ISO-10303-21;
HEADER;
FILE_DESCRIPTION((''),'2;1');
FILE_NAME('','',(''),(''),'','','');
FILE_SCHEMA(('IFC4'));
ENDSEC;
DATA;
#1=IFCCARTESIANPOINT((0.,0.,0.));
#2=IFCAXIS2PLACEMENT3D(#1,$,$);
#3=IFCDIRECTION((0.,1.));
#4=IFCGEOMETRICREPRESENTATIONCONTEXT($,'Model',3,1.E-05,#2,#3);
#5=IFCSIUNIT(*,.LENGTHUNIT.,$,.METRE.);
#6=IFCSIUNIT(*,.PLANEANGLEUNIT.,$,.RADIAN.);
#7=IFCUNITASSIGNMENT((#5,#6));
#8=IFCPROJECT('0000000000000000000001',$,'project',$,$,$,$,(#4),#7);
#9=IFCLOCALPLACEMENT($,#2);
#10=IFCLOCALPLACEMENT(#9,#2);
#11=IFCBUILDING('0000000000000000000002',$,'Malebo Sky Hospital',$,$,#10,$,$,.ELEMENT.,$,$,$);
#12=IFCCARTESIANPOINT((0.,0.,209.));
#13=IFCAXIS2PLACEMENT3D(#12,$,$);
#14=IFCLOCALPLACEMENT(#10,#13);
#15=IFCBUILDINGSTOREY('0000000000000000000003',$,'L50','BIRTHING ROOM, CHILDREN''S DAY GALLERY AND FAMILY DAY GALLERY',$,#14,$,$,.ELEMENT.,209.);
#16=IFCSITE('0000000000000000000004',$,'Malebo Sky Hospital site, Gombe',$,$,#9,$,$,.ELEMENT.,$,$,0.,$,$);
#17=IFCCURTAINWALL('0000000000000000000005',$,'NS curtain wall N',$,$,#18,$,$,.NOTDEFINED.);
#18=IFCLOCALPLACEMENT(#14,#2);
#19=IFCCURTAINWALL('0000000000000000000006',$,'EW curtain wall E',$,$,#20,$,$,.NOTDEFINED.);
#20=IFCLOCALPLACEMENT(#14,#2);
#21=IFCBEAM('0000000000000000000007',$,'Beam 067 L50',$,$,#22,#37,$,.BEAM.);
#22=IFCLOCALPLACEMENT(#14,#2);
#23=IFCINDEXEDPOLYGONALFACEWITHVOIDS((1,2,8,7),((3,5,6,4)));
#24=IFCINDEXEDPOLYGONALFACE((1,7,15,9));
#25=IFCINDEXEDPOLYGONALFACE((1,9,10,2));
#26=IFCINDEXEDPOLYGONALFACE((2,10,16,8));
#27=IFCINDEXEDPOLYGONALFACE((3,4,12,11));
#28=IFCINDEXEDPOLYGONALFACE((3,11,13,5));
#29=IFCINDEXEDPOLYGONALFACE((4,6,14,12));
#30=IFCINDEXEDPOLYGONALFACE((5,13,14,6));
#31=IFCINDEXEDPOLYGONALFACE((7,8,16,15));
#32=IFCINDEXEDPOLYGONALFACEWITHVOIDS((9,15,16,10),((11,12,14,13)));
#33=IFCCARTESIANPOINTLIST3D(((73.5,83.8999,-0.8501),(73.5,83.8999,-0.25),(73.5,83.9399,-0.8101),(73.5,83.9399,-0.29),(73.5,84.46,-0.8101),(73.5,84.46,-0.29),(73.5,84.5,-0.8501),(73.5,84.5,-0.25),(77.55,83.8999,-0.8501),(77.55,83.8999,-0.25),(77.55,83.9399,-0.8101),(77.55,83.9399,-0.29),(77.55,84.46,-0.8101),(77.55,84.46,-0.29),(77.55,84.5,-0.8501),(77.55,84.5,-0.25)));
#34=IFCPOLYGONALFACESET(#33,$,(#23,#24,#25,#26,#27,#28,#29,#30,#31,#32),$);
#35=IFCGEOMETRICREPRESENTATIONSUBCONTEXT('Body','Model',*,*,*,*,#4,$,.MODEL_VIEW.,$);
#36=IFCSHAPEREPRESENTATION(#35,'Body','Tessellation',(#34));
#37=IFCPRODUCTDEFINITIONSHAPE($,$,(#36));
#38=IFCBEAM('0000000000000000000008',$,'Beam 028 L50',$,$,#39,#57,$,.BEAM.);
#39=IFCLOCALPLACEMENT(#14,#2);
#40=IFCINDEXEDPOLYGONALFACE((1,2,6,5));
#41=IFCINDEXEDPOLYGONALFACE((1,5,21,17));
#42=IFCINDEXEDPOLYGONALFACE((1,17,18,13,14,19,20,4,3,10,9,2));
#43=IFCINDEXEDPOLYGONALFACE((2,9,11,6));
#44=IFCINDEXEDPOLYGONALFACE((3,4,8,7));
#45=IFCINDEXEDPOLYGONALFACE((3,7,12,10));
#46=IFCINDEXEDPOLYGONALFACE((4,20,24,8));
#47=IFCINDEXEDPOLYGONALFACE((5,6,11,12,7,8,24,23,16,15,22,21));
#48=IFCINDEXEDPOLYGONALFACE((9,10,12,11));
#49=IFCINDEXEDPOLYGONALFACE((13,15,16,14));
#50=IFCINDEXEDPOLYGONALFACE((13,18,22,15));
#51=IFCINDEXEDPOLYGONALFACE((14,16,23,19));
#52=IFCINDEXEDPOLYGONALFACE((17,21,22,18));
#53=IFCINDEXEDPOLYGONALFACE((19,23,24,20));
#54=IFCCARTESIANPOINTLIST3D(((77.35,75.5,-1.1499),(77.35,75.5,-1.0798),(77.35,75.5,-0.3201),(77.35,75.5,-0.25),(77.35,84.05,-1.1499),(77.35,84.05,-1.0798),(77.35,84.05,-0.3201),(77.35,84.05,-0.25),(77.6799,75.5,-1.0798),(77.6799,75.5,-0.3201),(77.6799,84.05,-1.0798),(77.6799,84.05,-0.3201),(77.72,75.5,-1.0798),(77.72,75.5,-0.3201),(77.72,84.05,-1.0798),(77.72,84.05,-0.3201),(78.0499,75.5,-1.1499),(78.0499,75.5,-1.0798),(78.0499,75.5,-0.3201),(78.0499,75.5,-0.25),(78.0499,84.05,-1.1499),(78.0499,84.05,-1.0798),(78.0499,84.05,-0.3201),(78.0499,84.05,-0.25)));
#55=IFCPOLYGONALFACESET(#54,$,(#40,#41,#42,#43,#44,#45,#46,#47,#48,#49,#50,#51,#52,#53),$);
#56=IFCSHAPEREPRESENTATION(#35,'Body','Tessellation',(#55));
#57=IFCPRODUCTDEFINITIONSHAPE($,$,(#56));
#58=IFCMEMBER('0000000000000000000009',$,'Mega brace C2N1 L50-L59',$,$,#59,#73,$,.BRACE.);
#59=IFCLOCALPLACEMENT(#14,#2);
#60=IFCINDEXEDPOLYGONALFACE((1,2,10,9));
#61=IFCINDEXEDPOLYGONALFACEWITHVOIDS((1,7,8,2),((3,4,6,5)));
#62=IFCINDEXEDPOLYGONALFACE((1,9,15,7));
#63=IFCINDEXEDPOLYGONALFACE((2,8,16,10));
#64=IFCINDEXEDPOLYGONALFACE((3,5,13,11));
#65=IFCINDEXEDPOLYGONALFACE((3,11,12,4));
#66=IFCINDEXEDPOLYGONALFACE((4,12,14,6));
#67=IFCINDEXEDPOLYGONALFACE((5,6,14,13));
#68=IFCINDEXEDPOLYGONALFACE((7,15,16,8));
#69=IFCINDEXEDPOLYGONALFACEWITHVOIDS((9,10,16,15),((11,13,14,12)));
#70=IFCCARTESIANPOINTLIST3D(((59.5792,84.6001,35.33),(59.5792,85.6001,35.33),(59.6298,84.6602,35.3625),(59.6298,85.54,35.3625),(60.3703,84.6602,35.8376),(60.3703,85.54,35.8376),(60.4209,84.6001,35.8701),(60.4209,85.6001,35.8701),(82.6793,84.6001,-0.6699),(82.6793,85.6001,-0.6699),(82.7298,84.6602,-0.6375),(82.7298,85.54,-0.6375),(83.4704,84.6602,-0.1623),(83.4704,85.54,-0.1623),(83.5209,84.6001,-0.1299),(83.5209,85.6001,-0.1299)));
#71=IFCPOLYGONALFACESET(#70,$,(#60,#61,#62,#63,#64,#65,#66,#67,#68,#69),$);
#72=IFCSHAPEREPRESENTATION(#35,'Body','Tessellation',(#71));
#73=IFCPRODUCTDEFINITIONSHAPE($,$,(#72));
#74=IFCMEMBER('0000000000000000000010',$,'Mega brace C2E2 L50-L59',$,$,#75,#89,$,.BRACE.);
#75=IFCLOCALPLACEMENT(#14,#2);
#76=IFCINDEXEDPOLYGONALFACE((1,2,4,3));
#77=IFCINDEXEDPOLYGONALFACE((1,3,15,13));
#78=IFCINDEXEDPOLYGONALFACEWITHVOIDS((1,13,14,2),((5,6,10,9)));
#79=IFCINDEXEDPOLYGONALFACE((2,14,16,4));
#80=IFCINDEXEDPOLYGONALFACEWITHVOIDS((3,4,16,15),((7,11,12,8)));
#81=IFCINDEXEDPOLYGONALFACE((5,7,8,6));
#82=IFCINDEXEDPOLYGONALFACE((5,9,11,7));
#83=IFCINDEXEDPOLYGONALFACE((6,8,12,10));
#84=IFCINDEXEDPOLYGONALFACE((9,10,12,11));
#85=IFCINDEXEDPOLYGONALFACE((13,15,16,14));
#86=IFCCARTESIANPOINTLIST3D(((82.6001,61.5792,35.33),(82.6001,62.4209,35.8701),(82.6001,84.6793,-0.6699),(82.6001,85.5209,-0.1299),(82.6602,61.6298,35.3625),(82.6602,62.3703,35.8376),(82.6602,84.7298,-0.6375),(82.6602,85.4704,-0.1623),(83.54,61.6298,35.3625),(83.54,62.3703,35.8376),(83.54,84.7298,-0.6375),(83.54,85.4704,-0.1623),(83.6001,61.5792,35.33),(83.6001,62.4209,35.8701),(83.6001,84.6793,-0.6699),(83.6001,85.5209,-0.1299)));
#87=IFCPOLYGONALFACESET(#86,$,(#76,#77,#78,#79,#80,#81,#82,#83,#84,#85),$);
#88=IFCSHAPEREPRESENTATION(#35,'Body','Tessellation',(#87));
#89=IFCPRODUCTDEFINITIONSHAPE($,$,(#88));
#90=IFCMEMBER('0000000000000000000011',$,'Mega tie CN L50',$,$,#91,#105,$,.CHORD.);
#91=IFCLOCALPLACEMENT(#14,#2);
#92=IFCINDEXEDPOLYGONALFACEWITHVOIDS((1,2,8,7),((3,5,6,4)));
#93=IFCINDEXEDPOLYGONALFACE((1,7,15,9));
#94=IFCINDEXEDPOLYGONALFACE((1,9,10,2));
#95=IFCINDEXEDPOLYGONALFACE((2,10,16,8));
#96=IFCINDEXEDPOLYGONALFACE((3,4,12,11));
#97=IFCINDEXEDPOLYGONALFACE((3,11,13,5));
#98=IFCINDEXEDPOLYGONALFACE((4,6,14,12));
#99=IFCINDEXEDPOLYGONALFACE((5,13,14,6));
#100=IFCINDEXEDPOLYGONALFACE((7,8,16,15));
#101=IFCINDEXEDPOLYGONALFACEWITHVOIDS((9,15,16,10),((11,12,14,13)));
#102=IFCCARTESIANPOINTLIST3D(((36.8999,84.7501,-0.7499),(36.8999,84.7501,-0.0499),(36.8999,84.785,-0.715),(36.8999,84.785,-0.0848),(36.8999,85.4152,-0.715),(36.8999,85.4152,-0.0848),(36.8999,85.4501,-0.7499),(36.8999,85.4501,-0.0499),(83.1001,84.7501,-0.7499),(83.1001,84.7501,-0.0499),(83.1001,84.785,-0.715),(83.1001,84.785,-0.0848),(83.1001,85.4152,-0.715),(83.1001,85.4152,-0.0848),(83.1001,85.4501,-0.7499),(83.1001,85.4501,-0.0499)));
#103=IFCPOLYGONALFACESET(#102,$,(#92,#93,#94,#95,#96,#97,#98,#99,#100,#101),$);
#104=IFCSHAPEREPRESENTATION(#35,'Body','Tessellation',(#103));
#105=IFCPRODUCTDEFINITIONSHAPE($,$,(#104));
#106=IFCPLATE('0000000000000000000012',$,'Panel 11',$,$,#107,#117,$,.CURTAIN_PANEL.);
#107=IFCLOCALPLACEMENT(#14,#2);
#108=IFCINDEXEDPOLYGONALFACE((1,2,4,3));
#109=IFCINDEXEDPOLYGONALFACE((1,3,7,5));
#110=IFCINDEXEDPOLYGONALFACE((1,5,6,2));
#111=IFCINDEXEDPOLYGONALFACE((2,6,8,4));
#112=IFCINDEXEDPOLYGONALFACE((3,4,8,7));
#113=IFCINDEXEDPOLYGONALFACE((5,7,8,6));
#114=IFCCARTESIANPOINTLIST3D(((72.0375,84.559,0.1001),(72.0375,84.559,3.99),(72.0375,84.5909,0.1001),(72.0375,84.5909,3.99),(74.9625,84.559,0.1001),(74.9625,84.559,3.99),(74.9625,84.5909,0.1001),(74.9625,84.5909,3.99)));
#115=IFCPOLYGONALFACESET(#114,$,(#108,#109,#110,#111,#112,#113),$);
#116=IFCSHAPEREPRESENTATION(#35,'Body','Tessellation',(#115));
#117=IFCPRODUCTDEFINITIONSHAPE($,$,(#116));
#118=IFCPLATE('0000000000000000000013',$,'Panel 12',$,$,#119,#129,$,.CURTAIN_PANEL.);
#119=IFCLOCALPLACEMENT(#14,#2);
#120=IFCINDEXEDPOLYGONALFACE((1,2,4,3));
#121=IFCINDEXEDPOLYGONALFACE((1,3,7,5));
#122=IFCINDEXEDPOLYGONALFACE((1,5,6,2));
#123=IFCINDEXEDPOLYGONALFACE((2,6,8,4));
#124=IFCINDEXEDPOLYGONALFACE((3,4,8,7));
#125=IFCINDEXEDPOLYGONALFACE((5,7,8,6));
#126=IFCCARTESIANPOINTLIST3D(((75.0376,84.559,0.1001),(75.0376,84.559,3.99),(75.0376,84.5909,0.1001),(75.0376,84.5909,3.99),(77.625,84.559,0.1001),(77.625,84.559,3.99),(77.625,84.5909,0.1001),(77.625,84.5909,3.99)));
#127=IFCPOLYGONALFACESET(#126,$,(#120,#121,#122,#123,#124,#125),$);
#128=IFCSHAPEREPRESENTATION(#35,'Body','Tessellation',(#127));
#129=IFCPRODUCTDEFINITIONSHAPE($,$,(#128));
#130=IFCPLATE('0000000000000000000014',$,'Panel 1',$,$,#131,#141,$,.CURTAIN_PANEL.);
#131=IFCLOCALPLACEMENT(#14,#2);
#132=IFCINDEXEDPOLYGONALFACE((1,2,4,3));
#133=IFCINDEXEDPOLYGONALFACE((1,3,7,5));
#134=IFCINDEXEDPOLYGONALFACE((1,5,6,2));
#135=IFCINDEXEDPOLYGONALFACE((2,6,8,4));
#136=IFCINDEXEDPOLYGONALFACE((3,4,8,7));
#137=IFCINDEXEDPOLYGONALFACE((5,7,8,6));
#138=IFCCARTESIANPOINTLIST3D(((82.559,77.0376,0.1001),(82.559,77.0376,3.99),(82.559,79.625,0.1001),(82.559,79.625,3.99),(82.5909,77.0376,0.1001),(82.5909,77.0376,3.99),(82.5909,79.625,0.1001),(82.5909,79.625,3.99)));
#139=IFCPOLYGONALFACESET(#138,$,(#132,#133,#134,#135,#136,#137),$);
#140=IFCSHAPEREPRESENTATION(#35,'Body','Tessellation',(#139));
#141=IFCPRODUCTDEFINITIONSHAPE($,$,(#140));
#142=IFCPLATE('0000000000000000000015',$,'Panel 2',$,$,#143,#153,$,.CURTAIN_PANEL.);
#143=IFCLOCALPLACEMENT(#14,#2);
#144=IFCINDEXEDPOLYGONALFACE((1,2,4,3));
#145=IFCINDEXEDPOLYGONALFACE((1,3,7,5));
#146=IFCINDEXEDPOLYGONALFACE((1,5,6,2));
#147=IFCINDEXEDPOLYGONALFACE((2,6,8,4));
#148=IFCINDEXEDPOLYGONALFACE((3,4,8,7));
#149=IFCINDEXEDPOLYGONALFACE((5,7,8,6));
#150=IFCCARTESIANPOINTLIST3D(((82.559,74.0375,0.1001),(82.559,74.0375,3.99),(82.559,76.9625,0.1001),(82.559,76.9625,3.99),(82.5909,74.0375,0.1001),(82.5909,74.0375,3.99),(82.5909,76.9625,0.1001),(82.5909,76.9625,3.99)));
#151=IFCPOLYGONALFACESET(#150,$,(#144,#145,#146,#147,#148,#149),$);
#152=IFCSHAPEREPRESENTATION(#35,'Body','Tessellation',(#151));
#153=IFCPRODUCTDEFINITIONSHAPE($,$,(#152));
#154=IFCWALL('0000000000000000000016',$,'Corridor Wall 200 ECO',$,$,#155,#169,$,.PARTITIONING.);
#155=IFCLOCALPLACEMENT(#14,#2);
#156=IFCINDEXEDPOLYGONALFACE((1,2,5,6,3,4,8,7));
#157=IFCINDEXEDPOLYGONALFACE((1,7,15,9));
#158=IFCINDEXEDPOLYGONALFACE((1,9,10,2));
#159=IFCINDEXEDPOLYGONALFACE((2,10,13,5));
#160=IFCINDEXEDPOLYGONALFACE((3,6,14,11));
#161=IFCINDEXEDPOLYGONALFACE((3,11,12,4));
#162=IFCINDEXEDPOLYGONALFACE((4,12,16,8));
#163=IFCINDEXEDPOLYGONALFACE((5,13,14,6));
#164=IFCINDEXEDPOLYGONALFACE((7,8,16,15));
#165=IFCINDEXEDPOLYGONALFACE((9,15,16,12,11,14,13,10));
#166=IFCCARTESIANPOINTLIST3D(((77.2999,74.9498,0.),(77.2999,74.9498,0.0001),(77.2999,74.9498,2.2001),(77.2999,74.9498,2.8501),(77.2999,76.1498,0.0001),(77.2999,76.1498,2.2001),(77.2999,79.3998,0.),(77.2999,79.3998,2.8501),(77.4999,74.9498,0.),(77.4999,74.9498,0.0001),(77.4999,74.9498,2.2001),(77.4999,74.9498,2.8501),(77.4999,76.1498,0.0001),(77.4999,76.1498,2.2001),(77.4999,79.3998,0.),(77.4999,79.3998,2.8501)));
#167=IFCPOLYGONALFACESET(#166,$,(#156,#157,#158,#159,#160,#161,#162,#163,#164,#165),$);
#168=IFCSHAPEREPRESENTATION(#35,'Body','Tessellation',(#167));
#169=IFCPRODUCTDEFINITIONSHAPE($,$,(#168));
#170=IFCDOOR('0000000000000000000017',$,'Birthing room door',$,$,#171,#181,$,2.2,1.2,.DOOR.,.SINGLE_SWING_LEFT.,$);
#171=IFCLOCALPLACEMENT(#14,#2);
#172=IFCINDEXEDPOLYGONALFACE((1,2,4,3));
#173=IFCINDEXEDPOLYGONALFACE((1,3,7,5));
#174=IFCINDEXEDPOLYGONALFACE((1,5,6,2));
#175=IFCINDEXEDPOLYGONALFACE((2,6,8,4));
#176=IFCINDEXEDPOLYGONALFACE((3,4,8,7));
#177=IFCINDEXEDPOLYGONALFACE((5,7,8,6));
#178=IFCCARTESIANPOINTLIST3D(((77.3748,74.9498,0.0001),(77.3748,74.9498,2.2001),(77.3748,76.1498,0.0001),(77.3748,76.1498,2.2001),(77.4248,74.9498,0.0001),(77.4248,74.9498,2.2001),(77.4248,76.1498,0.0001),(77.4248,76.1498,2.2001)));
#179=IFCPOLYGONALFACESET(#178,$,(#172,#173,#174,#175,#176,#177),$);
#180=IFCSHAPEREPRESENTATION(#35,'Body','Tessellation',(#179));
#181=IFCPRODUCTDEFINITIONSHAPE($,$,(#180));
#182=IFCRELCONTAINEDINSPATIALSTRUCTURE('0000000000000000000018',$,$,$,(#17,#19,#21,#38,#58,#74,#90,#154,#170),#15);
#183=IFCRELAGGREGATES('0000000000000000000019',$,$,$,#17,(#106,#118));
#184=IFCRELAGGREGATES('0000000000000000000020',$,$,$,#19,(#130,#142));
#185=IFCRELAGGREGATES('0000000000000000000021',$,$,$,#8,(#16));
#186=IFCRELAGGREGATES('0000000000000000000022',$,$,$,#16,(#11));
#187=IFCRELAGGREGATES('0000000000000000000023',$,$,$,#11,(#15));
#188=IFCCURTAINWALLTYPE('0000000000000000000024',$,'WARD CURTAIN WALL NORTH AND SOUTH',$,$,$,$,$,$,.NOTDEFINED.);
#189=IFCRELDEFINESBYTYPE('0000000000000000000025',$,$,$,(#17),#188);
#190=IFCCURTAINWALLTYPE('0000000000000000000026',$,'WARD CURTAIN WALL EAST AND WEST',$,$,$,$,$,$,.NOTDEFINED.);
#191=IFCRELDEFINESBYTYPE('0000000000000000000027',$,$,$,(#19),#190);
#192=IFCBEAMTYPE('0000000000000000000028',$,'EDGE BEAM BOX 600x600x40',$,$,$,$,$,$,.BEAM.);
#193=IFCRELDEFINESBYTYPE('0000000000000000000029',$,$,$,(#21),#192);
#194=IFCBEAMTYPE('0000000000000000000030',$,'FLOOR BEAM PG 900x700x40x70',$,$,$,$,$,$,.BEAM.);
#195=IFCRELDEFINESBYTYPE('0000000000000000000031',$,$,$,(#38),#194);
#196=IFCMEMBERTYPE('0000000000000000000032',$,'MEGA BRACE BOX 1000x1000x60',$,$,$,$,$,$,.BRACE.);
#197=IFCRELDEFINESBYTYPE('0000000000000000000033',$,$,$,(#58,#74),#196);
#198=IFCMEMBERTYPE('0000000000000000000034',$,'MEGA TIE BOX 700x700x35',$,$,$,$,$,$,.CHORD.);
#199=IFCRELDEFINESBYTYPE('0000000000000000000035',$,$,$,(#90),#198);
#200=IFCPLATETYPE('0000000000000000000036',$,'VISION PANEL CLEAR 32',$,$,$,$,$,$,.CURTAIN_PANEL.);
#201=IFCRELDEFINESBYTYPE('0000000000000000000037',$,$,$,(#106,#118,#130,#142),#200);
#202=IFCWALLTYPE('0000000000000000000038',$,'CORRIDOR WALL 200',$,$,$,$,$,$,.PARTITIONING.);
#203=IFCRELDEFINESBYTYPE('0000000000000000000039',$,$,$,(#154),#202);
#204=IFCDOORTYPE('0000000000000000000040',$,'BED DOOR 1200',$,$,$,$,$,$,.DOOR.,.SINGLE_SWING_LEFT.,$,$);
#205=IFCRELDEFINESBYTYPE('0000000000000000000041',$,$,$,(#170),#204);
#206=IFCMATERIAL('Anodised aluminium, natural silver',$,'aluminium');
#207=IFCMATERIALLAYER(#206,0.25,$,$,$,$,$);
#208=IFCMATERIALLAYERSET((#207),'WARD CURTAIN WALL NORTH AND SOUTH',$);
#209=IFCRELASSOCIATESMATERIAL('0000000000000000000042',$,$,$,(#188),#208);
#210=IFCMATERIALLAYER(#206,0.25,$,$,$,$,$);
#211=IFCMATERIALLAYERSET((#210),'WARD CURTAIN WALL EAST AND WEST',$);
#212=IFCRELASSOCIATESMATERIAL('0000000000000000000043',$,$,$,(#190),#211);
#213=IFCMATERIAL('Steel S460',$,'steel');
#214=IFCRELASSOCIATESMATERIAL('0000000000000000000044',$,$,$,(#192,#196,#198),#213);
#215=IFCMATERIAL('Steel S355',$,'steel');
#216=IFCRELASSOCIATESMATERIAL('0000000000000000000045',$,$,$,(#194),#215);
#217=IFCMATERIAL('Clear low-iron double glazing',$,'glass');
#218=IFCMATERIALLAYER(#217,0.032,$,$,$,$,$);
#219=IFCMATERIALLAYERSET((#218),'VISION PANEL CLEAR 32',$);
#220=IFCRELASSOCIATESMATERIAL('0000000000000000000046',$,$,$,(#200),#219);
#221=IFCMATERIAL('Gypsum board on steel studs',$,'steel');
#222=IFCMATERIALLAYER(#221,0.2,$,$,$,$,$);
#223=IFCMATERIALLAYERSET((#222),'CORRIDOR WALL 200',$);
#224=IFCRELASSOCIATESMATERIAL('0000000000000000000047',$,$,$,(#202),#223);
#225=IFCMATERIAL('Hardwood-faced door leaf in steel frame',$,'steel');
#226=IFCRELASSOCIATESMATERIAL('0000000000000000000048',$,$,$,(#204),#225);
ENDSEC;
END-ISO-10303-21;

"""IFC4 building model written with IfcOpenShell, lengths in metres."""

from ifc_helpers import new_model, si_unit, direction, frame, frame_2d, origin, origin_2d, place, context, subcontext, project, spatial, rectangle, hollow_rectangle, i_section, extrude, material, layer, layer_set, material_profile, profile_set, type_object, element, fill, aggregate, save


model = new_model("IFC4")

# Units and contexts
model_context = context("Model", 3, precision=1e-05, world=origin(), true_north=direction((0.0, 1.0)))
body_context = subcontext(model_context, "Body", "Model", "MODEL_VIEW")
ifc_project = project(units=[si_unit("LENGTHUNIT", "METRE"), si_unit("PLANEANGLEUNIT", "RADIAN")], contexts=[model_context])

# Site, building, storey
site_placement = place(None, origin())
site = spatial("IfcSite", under=ifc_project, at=site_placement, Name="Malebo Sky Hospital site, Gombe", CompositionType="ELEMENT", RefElevation=0.0)
building_placement = place(site_placement, origin())
building = spatial("IfcBuilding", under=site, at=building_placement, Name="Malebo Sky Hospital", CompositionType="ELEMENT")
storey_placement = place(building_placement, frame((0.0, 0.0, 209.0)))
storey = spatial("IfcBuildingStorey", under=building, at=storey_placement, Name="L50", Description="BIRTHING ROOM, CHILDREN'S DAY GALLERY AND FAMILY DAY GALLERY", CompositionType="ELEMENT", Elevation=209.0)

# Shared definitions
ifc_material_1 = material(Name="Steel S460", Category="steel")

# Curtain wall
ifc_material_2 = material(Name="Anodised aluminium, natural silver", Category="aluminium")
ifc_layer_1 = layer(ifc_material_2, 0.25)
ifc_layer_set_1 = layer_set([ifc_layer_1], Name="WARD CURTAIN WALL NORTH AND SOUTH")
curtain_wall_type_1 = type_object("IfcCurtainWallType", Name="WARD CURTAIN WALL NORTH AND SOUTH", PredefinedType="NOTDEFINED", material=ifc_layer_set_1)
curtain_wall_1_placement = place(storey_placement, origin())
curtain_wall_1 = element("IfcCurtainWall", 1, at=curtain_wall_1_placement, inside=storey, type_object=curtain_wall_type_1, Name="NS curtain wall N", PredefinedType="NOTDEFINED")

# Curtain wall
ifc_layer_2 = layer(ifc_material_2, 0.25)
ifc_layer_set_2 = layer_set([ifc_layer_2], Name="WARD CURTAIN WALL EAST AND WEST")
curtain_wall_type_2 = type_object("IfcCurtainWallType", Name="WARD CURTAIN WALL EAST AND WEST", PredefinedType="NOTDEFINED", material=ifc_layer_set_2)
curtain_wall_2_placement = place(storey_placement, origin())
curtain_wall_2 = element("IfcCurtainWall", 2, at=curtain_wall_2_placement, inside=storey, type_object=curtain_wall_type_2, Name="EW curtain wall E", PredefinedType="NOTDEFINED")

# Beams
ifc_material_profile_1 = material_profile(ifc_material_1, hollow_rectangle(XDim=0.6001, YDim=0.6001, WallThickness=0.04, at=origin_2d()), Name="BOX 600x600x40")
ifc_profile_set_1 = profile_set([ifc_material_profile_1], Name="Steel S460")
beam_type_1 = type_object("IfcBeamType", Name="EDGE BEAM BOX 600x600x40", PredefinedType="BEAM", material=ifc_profile_set_1)
for number, where, z_axis, x_axis, name in (
    (3, (73.5, 84.2, -0.55), (1.0, 0.0, 0.0), (0.0, 1.0, 0.0), "Beam 067 L50"),
):
    element("IfcBeam", number, at=place(storey_placement, frame(where, z_axis=z_axis, x_axis=x_axis)), inside=storey, type_object=beam_type_1, Name=name, PredefinedType="BEAM", context=body_context, shape_type="SweptSolid", body=[
        extrude(hollow_rectangle(XDim=0.6001, YDim=0.6001, WallThickness=0.04, at=origin_2d()), origin(), (0.0, 0.0, 1.0), 4.05),
    ])
ifc_material_3 = material(Name="Steel S355", Category="steel")
ifc_material_profile_2 = material_profile(ifc_material_3, i_section(OverallWidth=0.7, OverallDepth=0.8999, WebThickness=0.04, FlangeThickness=0.0701, at=origin_2d()), Name="PG 900x700x40x70")
ifc_profile_set_2 = profile_set([ifc_material_profile_2], Name="Steel S355")
beam_type_2 = type_object("IfcBeamType", Name="FLOOR BEAM PG 900x700x40x70", PredefinedType="BEAM", material=ifc_profile_set_2)
beam_placement = place(storey_placement, frame((77.7, 75.5, -0.7), z_axis=(0.0, 1.0, 0.0), x_axis=(-1.0, 0.0, 0.0)))
element("IfcBeam", 4, at=beam_placement, inside=storey, type_object=beam_type_2, Name="Beam 028 L50", PredefinedType="BEAM", context=body_context, shape_type="SweptSolid", body=[
    extrude(i_section(OverallWidth=0.7, OverallDepth=0.8999, WebThickness=0.04, FlangeThickness=0.0701, at=origin_2d()), origin(), (0.0, 0.0, 1.0), 8.55),
])

# Members
ifc_material_profile_3 = material_profile(ifc_material_1, hollow_rectangle(XDim=1.0, YDim=1.0, WallThickness=0.0601, at=origin_2d()), Name="BOX 1000x1000x60")
ifc_profile_set_3 = profile_set([ifc_material_profile_3], Name="Steel S460")
member_type_1 = type_object("IfcMemberType", Name="MEGA BRACE BOX 1000x1000x60", PredefinedType="BRACE", material=ifc_profile_set_3)
for number, where, z_axis, x_axis, name in (
    (5, (83.1001, 85.1001, -0.3999), (-0.54005, 0.0, 0.841633), (0.0, -1.0, 0.0), "Mega brace C2N1 L50-L59"),
    (6, (83.1001, 85.1001, -0.3999), (0.0, -0.54005, 0.841633), (1.0, 0.0, 0.0), "Mega brace C2E2 L50-L59"),
):
    element("IfcMember", number, at=place(storey_placement, frame(where, z_axis=z_axis, x_axis=x_axis)), inside=storey, type_object=member_type_1, Name=name, PredefinedType="BRACE", context=body_context, shape_type="SweptSolid", body=[
        extrude(hollow_rectangle(XDim=1.0, YDim=1.0, WallThickness=0.0601, at=origin_2d()), origin(), (0.0, 0.0, 1.0), 42.7739),
    ])
ifc_material_profile_4 = material_profile(ifc_material_1, hollow_rectangle(XDim=0.7, YDim=0.7, WallThickness=0.0349, at=origin_2d()), Name="BOX 700x700x35")
ifc_profile_set_4 = profile_set([ifc_material_profile_4], Name="Steel S460")
member_type_2 = type_object("IfcMemberType", Name="MEGA TIE BOX 700x700x35", PredefinedType="CHORD", material=ifc_profile_set_4)
member_1_placement = place(storey_placement, frame((83.1001, 85.1001, -0.3999), z_axis=(-1.0, 0.0, 0.0), x_axis=(0.0, -1.0, 0.0)))
element("IfcMember", 7, at=member_1_placement, inside=storey, type_object=member_type_2, Name="Mega tie CN L50", PredefinedType="CHORD", context=body_context, shape_type="SweptSolid", body=[
    extrude(hollow_rectangle(XDim=0.7, YDim=0.7, WallThickness=0.0349, at=origin_2d()), origin(), (0.0, 0.0, 1.0), 46.2002),
])

# Plates
ifc_material_4 = material(Name="Clear low-iron double glazing", Category="glass")
ifc_layer_3 = layer(ifc_material_4, 0.032)
ifc_layer_set_3 = layer_set([ifc_layer_3], Name="VISION PANEL CLEAR 32")
plate_type = type_object("IfcPlateType", Name="VISION PANEL CLEAR 32", PredefinedType="CURTAIN_PANEL", material=ifc_layer_set_3)
plate_1_placement = place(storey_placement, frame((73.5, 84.575, 0.1001), z_axis=(0.0, 0.0, 1.0), x_axis=(1.0, 0.0, 0.0)))
plate_1 = element("IfcPlate", 8, at=plate_1_placement, type_object=plate_type, Name="Panel 11", PredefinedType="CURTAIN_PANEL", context=body_context, shape_type="SweptSolid", body=[
    extrude(rectangle(XDim=2.925, YDim=0.032, at=origin_2d()), origin(), (0.0, 0.0, 1.0), 3.8899),
])
plate_2_placement = place(storey_placement, frame((76.3313, 84.575, 0.1001), z_axis=(0.0, 0.0, 1.0), x_axis=(1.0, 0.0, 0.0)))
plate_2 = element("IfcPlate", 9, at=plate_2_placement, type_object=plate_type, Name="Panel 12", PredefinedType="CURTAIN_PANEL", context=body_context, shape_type="SweptSolid", body=[
    extrude(rectangle(XDim=2.5874, YDim=0.032, at=origin_2d()), origin(), (0.0, 0.0, 1.0), 3.8899),
])
aggregate(curtain_wall_1, [plate_1, plate_2])
plate_3_placement = place(storey_placement, frame((82.575, 78.3313, 0.1001), z_axis=(0.0, 0.0, 1.0), x_axis=(0.0, -1.0, 0.0)))
plate_3 = element("IfcPlate", 10, at=plate_3_placement, type_object=plate_type, Name="Panel 1", PredefinedType="CURTAIN_PANEL", context=body_context, shape_type="SweptSolid", body=[
    extrude(rectangle(XDim=2.5874, YDim=0.032, at=origin_2d()), origin(), (0.0, 0.0, 1.0), 3.8899),
])
plate_4_placement = place(storey_placement, frame((82.575, 75.5, 0.1001), z_axis=(0.0, 0.0, 1.0), x_axis=(0.0, -1.0, 0.0)))
plate_4 = element("IfcPlate", 11, at=plate_4_placement, type_object=plate_type, Name="Panel 2", PredefinedType="CURTAIN_PANEL", context=body_context, shape_type="SweptSolid", body=[
    extrude(rectangle(XDim=2.925, YDim=0.032, at=origin_2d()), origin(), (0.0, 0.0, 1.0), 3.8899),
])
aggregate(curtain_wall_2, [plate_3, plate_4])

# Wall, opening, door
ifc_material_5 = material(Name="Gypsum board on steel studs", Category="steel")
ifc_layer_4 = layer(ifc_material_5, 0.2)
ifc_layer_set_4 = layer_set([ifc_layer_4], Name="CORRIDOR WALL 200")
wall_type_1 = type_object("IfcWallType", Name="CORRIDOR WALL 200", PredefinedType="PARTITIONING", material=ifc_layer_set_4)
wall_1_placement = place(storey_placement, frame((77.3999, 79.3999, 0.0), z_axis=(0.0, 0.0, 1.0), x_axis=(0.0, -1.0, 0.0)))
wall_1 = element("IfcWall", 12, at=wall_1_placement, inside=storey, type_object=wall_type_1, Name="Corridor Wall 200 ECO", PredefinedType="PARTITIONING", context=body_context, shape_type="SweptSolid", body=[
    extrude(rectangle(XDim=4.45, YDim=0.2, at=frame_2d((2.2251, 0.0))), origin(), (0.0, 0.0, 1.0), 2.8501),
])
opening_1_placement = place(wall_1_placement, frame((3.25, 0.0, 0.0)))
opening_1 = element("IfcOpeningElement", 13, at=opening_1_placement, cuts=wall_1, PredefinedType="OPENING", context=body_context, shape_type="SweptSolid", body=[
    extrude(rectangle(XDim=1.2, YDim=2.2, at=frame_2d((0.6001, 1.1001))), frame((0.0, 0.1099, 0.0), z_axis=(0.0, -1.0, 0.0), x_axis=(1.0, 0.0, 0.0)), (0.0, 0.0, 1.0), 0.22),
])
ifc_material_6 = material(Name="Hardwood-faced door leaf in steel frame", Category="steel")
door_type_1 = type_object("IfcDoorType", Name="BED DOOR 1200", OperationType="SINGLE_SWING_LEFT", PredefinedType="DOOR", material=ifc_material_6)
door_1_placement = place(opening_1_placement, origin())
door_1 = element("IfcDoor", 14, at=door_1_placement, inside=storey, type_object=door_type_1, Name="Birthing room door", OperationType="SINGLE_SWING_LEFT", OverallHeight=2.2, OverallWidth=1.2, PredefinedType="DOOR", context=body_context, shape_type="SweptSolid", body=[
    extrude(rectangle(XDim=1.2, YDim=2.2, at=frame_2d((0.6001, 1.1001))), frame((0.0, 0.0249, 0.0), z_axis=(0.0, -1.0, 0.0), x_axis=(1.0, 0.0, 0.0)), (0.0, 0.0, 1.0), 0.05),
])
fill(opening_1, door_1)

save(model, "model.ifc")
